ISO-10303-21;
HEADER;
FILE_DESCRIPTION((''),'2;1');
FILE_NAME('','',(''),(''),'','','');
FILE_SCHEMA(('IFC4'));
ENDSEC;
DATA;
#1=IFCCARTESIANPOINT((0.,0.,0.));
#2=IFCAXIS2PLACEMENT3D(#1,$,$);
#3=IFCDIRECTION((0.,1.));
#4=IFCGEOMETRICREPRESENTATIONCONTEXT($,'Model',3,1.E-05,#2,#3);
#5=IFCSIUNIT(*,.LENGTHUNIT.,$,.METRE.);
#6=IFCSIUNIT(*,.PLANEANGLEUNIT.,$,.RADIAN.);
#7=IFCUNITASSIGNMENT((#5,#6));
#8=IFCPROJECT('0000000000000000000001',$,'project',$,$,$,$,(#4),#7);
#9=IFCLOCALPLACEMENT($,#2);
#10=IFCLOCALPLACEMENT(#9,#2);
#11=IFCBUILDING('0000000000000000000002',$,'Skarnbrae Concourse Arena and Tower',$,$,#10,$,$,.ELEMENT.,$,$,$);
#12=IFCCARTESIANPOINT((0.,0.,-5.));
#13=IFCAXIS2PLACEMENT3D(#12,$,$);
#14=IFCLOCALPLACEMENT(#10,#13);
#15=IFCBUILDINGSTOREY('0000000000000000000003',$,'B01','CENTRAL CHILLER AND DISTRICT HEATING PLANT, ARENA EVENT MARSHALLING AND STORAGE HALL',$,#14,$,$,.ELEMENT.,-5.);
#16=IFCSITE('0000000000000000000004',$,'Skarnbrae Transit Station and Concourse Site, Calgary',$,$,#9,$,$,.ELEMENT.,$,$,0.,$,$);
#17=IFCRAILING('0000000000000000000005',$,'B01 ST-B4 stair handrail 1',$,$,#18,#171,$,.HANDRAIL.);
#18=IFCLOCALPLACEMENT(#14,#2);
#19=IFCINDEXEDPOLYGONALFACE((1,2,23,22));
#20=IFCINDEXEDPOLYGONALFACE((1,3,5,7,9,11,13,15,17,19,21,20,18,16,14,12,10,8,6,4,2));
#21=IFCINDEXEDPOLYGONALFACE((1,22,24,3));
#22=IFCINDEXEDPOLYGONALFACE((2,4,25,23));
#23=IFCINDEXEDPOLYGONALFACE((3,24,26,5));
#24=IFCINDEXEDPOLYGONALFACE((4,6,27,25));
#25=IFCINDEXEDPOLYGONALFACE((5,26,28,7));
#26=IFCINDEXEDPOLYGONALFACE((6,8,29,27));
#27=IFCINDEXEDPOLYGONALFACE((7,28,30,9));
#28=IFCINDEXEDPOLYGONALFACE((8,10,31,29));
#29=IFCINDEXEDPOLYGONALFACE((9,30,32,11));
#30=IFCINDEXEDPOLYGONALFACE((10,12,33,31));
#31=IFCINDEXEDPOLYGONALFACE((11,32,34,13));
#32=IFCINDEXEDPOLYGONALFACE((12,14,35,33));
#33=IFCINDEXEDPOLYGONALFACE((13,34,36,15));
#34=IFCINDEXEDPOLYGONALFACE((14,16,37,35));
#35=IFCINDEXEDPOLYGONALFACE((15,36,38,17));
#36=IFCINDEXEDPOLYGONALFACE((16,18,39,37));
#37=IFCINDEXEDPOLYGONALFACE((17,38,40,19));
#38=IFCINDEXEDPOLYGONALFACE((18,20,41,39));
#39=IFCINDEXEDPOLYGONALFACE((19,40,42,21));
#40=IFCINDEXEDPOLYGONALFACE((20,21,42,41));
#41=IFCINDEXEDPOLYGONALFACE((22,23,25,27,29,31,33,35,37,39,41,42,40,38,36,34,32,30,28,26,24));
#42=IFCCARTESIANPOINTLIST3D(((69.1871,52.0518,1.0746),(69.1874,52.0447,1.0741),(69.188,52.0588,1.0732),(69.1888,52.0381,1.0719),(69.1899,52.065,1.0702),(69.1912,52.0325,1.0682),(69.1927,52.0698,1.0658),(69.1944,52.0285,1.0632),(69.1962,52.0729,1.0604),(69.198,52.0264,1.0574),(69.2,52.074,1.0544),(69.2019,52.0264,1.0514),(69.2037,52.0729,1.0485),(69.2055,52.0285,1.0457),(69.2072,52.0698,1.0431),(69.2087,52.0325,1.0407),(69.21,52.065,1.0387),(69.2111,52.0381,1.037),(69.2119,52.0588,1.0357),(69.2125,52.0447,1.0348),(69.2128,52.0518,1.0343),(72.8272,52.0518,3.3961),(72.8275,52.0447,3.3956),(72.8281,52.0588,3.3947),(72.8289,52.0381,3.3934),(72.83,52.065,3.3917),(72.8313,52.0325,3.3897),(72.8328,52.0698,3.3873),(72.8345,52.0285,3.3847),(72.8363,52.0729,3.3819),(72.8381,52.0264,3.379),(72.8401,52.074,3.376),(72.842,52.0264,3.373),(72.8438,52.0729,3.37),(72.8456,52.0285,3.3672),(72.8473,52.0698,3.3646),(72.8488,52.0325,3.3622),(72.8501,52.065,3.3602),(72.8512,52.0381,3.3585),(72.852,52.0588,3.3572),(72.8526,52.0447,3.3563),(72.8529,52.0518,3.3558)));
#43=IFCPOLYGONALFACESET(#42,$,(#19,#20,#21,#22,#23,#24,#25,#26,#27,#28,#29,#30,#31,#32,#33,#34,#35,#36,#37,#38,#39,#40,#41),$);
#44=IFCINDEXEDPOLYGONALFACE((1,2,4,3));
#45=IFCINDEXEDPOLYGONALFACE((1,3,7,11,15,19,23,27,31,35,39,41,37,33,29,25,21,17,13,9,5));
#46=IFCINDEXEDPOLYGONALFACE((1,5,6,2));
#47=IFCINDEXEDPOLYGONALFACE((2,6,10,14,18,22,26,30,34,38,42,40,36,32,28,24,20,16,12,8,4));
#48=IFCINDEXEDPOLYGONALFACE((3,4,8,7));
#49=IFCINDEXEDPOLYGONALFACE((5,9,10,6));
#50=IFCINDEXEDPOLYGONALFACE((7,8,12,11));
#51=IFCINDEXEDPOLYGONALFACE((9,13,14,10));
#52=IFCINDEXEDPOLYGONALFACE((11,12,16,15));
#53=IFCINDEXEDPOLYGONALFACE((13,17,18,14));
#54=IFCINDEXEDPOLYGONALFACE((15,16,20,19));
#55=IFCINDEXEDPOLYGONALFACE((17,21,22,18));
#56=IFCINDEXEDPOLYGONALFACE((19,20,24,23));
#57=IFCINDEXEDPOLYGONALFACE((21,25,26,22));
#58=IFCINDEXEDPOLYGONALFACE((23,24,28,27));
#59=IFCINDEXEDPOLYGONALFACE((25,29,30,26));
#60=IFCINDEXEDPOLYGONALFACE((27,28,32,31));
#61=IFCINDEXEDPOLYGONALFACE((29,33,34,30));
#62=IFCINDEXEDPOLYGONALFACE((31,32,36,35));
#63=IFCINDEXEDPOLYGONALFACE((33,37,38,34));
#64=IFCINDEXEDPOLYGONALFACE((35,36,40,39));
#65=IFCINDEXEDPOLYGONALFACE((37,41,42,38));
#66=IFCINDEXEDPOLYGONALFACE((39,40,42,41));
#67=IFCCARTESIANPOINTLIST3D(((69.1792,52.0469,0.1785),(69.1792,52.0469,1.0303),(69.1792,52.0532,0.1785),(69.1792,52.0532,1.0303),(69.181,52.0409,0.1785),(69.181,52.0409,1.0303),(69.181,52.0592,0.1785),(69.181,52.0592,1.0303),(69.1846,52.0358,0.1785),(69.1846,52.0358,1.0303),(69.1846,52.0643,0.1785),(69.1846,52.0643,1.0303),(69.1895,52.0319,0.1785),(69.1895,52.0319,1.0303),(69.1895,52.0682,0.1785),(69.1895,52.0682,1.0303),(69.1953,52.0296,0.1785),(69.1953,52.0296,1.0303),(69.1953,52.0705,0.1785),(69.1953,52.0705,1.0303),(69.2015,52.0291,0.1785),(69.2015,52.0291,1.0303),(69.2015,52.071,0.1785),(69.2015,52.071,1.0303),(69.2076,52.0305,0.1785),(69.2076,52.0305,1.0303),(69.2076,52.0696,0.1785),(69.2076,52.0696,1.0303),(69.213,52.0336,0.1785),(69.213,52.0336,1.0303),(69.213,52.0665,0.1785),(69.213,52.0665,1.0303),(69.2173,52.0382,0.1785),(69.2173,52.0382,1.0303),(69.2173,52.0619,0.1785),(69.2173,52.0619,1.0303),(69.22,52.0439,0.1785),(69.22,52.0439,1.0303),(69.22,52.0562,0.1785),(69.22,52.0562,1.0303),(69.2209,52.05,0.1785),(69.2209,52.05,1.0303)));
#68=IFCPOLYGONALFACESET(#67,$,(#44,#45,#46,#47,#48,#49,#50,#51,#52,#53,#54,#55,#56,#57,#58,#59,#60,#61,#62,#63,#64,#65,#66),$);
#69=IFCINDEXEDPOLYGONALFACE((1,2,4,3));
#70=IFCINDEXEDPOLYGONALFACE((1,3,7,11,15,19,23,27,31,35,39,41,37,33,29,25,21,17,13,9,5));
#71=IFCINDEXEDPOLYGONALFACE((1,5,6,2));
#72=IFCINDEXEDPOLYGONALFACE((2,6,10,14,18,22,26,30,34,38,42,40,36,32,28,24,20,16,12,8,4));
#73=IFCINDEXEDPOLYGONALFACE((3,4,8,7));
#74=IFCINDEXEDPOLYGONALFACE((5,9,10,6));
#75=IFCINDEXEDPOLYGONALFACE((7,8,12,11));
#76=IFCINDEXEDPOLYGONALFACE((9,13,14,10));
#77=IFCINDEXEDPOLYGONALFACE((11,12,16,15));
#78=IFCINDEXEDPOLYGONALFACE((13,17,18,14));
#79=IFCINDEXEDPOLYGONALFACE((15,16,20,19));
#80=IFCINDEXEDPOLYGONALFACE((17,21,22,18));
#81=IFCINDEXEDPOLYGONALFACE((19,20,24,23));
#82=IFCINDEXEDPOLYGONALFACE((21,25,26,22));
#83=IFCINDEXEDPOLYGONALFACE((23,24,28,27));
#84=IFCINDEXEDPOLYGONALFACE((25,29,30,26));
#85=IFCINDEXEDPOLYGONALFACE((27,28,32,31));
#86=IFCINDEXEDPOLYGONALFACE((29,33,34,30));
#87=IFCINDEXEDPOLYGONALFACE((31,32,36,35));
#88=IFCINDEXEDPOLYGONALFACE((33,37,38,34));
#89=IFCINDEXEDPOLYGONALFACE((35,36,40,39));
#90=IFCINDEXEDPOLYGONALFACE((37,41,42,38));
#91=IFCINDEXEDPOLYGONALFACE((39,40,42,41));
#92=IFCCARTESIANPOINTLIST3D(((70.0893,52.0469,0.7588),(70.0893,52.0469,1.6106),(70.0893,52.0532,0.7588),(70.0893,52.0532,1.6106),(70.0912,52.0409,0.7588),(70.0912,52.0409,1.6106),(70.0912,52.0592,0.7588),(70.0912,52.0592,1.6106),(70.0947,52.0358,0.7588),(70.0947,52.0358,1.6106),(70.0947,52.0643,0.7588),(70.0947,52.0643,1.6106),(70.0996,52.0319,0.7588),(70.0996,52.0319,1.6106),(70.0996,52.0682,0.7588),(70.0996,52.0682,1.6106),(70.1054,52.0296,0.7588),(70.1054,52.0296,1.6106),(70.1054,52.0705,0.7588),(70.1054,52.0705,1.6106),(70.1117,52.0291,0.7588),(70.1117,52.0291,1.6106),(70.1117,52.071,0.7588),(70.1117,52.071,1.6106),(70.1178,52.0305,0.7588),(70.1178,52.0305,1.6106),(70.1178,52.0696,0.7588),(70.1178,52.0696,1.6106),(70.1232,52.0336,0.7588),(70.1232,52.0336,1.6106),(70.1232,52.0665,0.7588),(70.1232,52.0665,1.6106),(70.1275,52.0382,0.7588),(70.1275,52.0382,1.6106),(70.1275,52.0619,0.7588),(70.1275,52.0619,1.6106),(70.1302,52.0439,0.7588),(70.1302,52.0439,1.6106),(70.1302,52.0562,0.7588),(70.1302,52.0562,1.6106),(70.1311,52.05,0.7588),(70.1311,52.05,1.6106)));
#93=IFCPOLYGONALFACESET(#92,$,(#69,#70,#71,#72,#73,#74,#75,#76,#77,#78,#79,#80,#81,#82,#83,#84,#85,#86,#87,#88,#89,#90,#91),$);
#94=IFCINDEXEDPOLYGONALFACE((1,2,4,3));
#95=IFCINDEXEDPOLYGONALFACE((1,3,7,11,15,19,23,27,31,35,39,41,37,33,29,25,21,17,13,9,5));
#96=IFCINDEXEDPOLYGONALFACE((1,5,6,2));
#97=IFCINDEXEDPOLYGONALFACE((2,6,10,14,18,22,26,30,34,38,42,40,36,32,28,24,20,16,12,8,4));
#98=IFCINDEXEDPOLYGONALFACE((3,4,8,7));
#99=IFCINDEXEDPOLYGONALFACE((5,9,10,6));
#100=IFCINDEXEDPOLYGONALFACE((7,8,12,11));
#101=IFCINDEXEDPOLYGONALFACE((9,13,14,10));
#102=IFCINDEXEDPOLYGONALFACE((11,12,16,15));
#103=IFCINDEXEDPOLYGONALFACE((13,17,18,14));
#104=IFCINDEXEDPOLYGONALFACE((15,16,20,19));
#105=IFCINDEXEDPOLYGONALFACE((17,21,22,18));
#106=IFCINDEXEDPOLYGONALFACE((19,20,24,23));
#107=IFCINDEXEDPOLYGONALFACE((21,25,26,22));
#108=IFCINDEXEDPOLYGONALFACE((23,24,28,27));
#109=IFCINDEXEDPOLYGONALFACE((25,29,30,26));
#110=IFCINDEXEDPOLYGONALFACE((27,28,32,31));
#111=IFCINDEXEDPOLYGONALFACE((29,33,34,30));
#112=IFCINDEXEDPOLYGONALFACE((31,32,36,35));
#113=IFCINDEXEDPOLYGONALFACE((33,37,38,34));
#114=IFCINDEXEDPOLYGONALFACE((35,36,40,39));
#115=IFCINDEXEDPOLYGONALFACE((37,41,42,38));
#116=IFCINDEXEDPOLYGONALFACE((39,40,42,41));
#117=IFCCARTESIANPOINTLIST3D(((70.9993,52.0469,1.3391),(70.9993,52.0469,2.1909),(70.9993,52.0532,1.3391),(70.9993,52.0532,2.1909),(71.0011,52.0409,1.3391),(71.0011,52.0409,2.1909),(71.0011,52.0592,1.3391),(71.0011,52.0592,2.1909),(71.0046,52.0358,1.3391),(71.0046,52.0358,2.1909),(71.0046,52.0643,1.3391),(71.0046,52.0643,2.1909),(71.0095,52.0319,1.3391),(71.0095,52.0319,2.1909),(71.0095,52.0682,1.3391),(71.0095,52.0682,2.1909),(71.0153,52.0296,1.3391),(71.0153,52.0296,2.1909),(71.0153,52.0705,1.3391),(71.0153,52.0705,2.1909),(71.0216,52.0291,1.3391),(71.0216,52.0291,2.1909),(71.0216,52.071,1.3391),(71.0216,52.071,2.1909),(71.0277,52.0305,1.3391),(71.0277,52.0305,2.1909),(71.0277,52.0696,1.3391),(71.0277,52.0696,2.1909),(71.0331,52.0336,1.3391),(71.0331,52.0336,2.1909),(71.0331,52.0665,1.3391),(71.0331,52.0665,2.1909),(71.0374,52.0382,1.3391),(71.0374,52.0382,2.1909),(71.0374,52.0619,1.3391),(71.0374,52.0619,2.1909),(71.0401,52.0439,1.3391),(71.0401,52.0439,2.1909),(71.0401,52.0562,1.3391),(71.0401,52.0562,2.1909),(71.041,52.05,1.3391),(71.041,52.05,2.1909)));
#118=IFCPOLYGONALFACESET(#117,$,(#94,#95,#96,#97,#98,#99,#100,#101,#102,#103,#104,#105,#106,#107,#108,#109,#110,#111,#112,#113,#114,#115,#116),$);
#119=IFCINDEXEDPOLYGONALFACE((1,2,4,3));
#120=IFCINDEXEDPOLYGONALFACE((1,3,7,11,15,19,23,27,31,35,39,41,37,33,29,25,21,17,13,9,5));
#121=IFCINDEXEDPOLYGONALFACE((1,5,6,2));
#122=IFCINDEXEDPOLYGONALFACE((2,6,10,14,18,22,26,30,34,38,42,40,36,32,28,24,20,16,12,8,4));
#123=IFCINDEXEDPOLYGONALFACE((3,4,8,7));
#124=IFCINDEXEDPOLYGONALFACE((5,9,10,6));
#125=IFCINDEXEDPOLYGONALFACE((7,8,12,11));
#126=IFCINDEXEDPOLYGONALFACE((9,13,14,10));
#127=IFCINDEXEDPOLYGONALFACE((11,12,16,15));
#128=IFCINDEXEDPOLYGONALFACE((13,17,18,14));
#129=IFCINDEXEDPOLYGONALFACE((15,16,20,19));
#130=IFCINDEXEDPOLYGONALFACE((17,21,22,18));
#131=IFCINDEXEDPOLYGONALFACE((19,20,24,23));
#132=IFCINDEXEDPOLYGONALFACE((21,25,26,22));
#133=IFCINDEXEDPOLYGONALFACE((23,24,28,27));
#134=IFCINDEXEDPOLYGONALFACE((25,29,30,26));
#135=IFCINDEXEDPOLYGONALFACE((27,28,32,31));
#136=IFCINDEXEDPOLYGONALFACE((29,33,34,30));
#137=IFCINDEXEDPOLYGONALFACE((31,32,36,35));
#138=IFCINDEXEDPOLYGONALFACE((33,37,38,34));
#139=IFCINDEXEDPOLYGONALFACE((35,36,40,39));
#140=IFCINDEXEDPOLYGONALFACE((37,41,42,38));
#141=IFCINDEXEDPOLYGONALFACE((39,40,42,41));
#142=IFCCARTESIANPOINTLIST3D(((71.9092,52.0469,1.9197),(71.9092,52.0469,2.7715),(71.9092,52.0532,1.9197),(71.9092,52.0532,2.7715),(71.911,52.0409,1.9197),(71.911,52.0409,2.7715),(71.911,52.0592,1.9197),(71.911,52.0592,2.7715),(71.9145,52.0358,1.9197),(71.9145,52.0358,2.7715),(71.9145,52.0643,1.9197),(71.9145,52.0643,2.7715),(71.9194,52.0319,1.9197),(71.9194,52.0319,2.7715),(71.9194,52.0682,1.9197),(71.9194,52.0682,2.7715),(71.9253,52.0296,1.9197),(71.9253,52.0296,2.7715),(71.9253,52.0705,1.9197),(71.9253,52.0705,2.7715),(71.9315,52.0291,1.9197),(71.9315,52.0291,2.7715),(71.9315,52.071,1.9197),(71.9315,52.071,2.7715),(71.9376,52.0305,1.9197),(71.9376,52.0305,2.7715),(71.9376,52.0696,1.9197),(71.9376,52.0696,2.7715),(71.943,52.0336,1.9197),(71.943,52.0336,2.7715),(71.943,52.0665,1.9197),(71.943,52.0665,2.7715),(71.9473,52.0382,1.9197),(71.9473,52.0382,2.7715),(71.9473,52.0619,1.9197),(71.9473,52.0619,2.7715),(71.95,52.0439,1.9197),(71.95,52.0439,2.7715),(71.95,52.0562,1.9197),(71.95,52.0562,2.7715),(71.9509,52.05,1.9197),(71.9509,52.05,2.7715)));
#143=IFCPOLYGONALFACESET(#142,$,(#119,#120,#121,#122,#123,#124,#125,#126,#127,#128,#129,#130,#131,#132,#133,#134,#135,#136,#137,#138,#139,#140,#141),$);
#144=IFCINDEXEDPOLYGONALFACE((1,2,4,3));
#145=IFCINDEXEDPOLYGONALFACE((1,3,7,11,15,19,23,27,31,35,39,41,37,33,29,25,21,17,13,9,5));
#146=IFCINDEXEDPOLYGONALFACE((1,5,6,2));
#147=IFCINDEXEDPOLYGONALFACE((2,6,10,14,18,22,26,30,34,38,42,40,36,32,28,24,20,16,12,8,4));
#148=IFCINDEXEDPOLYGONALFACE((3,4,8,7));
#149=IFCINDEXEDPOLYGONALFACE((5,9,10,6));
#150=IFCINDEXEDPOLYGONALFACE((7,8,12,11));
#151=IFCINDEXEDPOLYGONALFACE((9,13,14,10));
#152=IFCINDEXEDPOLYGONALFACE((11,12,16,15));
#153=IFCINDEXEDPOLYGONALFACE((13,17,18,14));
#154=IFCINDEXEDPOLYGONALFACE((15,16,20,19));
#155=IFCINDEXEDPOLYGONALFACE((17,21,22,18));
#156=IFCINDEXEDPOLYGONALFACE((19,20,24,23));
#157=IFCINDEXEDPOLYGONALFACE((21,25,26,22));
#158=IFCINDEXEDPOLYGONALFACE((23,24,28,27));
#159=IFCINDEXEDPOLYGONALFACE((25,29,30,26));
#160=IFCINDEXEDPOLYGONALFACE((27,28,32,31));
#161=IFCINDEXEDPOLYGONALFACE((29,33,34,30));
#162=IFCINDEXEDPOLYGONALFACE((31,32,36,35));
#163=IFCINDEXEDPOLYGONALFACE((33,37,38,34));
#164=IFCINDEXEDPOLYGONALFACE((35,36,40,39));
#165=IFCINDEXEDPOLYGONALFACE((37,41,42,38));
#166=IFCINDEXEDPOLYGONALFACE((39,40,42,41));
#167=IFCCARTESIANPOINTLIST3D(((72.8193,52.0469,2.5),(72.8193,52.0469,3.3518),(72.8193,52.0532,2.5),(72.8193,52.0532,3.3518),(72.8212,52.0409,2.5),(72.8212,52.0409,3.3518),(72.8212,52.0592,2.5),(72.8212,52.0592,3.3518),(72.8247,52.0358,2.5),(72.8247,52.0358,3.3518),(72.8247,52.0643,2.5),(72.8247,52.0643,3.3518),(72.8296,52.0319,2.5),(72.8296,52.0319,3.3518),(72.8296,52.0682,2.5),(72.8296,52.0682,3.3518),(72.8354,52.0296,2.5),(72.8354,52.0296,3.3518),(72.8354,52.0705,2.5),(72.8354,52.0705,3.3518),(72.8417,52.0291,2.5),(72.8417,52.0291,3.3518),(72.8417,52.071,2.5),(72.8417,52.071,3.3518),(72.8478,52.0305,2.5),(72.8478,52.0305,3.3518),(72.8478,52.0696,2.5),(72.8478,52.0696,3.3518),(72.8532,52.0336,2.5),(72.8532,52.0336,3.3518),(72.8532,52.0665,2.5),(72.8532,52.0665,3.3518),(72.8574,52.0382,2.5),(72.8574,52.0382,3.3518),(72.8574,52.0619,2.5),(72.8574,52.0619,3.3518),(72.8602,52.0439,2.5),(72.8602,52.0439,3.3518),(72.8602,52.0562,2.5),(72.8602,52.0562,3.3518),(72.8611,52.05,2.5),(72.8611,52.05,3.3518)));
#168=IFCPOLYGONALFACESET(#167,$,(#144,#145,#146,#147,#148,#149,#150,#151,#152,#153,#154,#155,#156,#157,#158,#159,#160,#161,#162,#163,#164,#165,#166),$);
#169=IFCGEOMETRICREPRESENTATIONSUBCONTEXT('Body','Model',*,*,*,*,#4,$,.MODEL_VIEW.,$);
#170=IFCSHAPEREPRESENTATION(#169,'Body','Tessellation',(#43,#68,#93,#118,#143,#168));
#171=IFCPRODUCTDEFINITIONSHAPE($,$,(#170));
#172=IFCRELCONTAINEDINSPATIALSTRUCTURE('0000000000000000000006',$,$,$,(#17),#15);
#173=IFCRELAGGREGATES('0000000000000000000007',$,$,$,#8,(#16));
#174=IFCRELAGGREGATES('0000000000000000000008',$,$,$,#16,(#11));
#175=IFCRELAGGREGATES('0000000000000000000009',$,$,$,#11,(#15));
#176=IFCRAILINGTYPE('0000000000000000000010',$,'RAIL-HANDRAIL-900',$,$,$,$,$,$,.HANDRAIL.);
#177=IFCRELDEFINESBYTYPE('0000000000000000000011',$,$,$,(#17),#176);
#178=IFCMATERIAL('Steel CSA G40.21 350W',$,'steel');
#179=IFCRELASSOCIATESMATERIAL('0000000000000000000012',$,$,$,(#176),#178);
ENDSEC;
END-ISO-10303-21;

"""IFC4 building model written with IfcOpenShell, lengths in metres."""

from ifc_helpers import new_model, si_unit, direction, frame, origin, origin_2d, place, context, subcontext, project, spatial, circle, extrude, material, type_object, element, save


model = new_model("IFC4")

# Units and contexts
model_context = context("Model", 3, precision=1e-05, world=origin(), true_north=direction((0.0, 1.0)))
body_context = subcontext(model_context, "Body", "Model", "MODEL_VIEW")
ifc_project = project(units=[si_unit("LENGTHUNIT", "METRE"), si_unit("PLANEANGLEUNIT", "RADIAN")], contexts=[model_context])

# Site, building, storey
site_placement = place(None, origin())
site = spatial("IfcSite", under=ifc_project, at=site_placement, Name="Skarnbrae Transit Station and Concourse Site, Calgary", CompositionType="ELEMENT", RefElevation=0.0)
building_placement = place(site_placement, origin())
building = spatial("IfcBuilding", under=site, at=building_placement, Name="Skarnbrae Concourse Arena and Tower", CompositionType="ELEMENT")
storey_placement = place(building_placement, frame((0.0, 0.0, -5.0)))
storey = spatial("IfcBuildingStorey", under=building, at=storey_placement, Name="B01", Description="CENTRAL CHILLER AND DISTRICT HEATING PLANT, ARENA EVENT MARSHALLING AND STORAGE HALL", CompositionType="ELEMENT", Elevation=-5.0)

# Shared definitions
ifc_material_1 = material(Name="Steel CSA G40.21 350W", Category="steel")

# Railing
railing_type_1 = type_object("IfcRailingType", Name="RAIL-HANDRAIL-900", PredefinedType="HANDRAIL", material=ifc_material_1)
railing_1_placement = place(storey_placement, frame((69.2, 52.05, 0.1785)))
element("IfcRailing", 1, at=railing_1_placement, inside=storey, type_object=railing_type_1, Name="B01 ST-B4 stair handrail 1", PredefinedType="HANDRAIL", context=body_context, shape_type="SweptSolid", body=[
    extrude(circle(Radius=0.0239, at=origin_2d()), frame((0.0, 0.0, 0.876), z_axis=(0.843128, 0.0, 0.537713), x_axis=(0.0, 1.0, 0.0)), (0.0, 0.0, 1.0), 4.3174),
    extrude(circle(Radius=0.021, at=origin_2d()), origin(), (0.0, 0.0, 1.0), 0.8518),
    extrude(circle(Radius=0.021, at=origin_2d()), frame((0.9102, 0.0, 0.5803)), (0.0, 0.0, 1.0), 0.8518),
    extrude(circle(Radius=0.021, at=origin_2d()), frame((1.8201, 0.0, 1.1606)), (0.0, 0.0, 1.0), 0.8518),
    extrude(circle(Radius=0.021, at=origin_2d()), frame((2.73, 0.0, 1.7412)), (0.0, 0.0, 1.0), 0.8518),
    extrude(circle(Radius=0.021, at=origin_2d()), frame((3.6401, 0.0, 2.3215)), (0.0, 0.0, 1.0), 0.8518),
])

save(model, "model.ifc")
